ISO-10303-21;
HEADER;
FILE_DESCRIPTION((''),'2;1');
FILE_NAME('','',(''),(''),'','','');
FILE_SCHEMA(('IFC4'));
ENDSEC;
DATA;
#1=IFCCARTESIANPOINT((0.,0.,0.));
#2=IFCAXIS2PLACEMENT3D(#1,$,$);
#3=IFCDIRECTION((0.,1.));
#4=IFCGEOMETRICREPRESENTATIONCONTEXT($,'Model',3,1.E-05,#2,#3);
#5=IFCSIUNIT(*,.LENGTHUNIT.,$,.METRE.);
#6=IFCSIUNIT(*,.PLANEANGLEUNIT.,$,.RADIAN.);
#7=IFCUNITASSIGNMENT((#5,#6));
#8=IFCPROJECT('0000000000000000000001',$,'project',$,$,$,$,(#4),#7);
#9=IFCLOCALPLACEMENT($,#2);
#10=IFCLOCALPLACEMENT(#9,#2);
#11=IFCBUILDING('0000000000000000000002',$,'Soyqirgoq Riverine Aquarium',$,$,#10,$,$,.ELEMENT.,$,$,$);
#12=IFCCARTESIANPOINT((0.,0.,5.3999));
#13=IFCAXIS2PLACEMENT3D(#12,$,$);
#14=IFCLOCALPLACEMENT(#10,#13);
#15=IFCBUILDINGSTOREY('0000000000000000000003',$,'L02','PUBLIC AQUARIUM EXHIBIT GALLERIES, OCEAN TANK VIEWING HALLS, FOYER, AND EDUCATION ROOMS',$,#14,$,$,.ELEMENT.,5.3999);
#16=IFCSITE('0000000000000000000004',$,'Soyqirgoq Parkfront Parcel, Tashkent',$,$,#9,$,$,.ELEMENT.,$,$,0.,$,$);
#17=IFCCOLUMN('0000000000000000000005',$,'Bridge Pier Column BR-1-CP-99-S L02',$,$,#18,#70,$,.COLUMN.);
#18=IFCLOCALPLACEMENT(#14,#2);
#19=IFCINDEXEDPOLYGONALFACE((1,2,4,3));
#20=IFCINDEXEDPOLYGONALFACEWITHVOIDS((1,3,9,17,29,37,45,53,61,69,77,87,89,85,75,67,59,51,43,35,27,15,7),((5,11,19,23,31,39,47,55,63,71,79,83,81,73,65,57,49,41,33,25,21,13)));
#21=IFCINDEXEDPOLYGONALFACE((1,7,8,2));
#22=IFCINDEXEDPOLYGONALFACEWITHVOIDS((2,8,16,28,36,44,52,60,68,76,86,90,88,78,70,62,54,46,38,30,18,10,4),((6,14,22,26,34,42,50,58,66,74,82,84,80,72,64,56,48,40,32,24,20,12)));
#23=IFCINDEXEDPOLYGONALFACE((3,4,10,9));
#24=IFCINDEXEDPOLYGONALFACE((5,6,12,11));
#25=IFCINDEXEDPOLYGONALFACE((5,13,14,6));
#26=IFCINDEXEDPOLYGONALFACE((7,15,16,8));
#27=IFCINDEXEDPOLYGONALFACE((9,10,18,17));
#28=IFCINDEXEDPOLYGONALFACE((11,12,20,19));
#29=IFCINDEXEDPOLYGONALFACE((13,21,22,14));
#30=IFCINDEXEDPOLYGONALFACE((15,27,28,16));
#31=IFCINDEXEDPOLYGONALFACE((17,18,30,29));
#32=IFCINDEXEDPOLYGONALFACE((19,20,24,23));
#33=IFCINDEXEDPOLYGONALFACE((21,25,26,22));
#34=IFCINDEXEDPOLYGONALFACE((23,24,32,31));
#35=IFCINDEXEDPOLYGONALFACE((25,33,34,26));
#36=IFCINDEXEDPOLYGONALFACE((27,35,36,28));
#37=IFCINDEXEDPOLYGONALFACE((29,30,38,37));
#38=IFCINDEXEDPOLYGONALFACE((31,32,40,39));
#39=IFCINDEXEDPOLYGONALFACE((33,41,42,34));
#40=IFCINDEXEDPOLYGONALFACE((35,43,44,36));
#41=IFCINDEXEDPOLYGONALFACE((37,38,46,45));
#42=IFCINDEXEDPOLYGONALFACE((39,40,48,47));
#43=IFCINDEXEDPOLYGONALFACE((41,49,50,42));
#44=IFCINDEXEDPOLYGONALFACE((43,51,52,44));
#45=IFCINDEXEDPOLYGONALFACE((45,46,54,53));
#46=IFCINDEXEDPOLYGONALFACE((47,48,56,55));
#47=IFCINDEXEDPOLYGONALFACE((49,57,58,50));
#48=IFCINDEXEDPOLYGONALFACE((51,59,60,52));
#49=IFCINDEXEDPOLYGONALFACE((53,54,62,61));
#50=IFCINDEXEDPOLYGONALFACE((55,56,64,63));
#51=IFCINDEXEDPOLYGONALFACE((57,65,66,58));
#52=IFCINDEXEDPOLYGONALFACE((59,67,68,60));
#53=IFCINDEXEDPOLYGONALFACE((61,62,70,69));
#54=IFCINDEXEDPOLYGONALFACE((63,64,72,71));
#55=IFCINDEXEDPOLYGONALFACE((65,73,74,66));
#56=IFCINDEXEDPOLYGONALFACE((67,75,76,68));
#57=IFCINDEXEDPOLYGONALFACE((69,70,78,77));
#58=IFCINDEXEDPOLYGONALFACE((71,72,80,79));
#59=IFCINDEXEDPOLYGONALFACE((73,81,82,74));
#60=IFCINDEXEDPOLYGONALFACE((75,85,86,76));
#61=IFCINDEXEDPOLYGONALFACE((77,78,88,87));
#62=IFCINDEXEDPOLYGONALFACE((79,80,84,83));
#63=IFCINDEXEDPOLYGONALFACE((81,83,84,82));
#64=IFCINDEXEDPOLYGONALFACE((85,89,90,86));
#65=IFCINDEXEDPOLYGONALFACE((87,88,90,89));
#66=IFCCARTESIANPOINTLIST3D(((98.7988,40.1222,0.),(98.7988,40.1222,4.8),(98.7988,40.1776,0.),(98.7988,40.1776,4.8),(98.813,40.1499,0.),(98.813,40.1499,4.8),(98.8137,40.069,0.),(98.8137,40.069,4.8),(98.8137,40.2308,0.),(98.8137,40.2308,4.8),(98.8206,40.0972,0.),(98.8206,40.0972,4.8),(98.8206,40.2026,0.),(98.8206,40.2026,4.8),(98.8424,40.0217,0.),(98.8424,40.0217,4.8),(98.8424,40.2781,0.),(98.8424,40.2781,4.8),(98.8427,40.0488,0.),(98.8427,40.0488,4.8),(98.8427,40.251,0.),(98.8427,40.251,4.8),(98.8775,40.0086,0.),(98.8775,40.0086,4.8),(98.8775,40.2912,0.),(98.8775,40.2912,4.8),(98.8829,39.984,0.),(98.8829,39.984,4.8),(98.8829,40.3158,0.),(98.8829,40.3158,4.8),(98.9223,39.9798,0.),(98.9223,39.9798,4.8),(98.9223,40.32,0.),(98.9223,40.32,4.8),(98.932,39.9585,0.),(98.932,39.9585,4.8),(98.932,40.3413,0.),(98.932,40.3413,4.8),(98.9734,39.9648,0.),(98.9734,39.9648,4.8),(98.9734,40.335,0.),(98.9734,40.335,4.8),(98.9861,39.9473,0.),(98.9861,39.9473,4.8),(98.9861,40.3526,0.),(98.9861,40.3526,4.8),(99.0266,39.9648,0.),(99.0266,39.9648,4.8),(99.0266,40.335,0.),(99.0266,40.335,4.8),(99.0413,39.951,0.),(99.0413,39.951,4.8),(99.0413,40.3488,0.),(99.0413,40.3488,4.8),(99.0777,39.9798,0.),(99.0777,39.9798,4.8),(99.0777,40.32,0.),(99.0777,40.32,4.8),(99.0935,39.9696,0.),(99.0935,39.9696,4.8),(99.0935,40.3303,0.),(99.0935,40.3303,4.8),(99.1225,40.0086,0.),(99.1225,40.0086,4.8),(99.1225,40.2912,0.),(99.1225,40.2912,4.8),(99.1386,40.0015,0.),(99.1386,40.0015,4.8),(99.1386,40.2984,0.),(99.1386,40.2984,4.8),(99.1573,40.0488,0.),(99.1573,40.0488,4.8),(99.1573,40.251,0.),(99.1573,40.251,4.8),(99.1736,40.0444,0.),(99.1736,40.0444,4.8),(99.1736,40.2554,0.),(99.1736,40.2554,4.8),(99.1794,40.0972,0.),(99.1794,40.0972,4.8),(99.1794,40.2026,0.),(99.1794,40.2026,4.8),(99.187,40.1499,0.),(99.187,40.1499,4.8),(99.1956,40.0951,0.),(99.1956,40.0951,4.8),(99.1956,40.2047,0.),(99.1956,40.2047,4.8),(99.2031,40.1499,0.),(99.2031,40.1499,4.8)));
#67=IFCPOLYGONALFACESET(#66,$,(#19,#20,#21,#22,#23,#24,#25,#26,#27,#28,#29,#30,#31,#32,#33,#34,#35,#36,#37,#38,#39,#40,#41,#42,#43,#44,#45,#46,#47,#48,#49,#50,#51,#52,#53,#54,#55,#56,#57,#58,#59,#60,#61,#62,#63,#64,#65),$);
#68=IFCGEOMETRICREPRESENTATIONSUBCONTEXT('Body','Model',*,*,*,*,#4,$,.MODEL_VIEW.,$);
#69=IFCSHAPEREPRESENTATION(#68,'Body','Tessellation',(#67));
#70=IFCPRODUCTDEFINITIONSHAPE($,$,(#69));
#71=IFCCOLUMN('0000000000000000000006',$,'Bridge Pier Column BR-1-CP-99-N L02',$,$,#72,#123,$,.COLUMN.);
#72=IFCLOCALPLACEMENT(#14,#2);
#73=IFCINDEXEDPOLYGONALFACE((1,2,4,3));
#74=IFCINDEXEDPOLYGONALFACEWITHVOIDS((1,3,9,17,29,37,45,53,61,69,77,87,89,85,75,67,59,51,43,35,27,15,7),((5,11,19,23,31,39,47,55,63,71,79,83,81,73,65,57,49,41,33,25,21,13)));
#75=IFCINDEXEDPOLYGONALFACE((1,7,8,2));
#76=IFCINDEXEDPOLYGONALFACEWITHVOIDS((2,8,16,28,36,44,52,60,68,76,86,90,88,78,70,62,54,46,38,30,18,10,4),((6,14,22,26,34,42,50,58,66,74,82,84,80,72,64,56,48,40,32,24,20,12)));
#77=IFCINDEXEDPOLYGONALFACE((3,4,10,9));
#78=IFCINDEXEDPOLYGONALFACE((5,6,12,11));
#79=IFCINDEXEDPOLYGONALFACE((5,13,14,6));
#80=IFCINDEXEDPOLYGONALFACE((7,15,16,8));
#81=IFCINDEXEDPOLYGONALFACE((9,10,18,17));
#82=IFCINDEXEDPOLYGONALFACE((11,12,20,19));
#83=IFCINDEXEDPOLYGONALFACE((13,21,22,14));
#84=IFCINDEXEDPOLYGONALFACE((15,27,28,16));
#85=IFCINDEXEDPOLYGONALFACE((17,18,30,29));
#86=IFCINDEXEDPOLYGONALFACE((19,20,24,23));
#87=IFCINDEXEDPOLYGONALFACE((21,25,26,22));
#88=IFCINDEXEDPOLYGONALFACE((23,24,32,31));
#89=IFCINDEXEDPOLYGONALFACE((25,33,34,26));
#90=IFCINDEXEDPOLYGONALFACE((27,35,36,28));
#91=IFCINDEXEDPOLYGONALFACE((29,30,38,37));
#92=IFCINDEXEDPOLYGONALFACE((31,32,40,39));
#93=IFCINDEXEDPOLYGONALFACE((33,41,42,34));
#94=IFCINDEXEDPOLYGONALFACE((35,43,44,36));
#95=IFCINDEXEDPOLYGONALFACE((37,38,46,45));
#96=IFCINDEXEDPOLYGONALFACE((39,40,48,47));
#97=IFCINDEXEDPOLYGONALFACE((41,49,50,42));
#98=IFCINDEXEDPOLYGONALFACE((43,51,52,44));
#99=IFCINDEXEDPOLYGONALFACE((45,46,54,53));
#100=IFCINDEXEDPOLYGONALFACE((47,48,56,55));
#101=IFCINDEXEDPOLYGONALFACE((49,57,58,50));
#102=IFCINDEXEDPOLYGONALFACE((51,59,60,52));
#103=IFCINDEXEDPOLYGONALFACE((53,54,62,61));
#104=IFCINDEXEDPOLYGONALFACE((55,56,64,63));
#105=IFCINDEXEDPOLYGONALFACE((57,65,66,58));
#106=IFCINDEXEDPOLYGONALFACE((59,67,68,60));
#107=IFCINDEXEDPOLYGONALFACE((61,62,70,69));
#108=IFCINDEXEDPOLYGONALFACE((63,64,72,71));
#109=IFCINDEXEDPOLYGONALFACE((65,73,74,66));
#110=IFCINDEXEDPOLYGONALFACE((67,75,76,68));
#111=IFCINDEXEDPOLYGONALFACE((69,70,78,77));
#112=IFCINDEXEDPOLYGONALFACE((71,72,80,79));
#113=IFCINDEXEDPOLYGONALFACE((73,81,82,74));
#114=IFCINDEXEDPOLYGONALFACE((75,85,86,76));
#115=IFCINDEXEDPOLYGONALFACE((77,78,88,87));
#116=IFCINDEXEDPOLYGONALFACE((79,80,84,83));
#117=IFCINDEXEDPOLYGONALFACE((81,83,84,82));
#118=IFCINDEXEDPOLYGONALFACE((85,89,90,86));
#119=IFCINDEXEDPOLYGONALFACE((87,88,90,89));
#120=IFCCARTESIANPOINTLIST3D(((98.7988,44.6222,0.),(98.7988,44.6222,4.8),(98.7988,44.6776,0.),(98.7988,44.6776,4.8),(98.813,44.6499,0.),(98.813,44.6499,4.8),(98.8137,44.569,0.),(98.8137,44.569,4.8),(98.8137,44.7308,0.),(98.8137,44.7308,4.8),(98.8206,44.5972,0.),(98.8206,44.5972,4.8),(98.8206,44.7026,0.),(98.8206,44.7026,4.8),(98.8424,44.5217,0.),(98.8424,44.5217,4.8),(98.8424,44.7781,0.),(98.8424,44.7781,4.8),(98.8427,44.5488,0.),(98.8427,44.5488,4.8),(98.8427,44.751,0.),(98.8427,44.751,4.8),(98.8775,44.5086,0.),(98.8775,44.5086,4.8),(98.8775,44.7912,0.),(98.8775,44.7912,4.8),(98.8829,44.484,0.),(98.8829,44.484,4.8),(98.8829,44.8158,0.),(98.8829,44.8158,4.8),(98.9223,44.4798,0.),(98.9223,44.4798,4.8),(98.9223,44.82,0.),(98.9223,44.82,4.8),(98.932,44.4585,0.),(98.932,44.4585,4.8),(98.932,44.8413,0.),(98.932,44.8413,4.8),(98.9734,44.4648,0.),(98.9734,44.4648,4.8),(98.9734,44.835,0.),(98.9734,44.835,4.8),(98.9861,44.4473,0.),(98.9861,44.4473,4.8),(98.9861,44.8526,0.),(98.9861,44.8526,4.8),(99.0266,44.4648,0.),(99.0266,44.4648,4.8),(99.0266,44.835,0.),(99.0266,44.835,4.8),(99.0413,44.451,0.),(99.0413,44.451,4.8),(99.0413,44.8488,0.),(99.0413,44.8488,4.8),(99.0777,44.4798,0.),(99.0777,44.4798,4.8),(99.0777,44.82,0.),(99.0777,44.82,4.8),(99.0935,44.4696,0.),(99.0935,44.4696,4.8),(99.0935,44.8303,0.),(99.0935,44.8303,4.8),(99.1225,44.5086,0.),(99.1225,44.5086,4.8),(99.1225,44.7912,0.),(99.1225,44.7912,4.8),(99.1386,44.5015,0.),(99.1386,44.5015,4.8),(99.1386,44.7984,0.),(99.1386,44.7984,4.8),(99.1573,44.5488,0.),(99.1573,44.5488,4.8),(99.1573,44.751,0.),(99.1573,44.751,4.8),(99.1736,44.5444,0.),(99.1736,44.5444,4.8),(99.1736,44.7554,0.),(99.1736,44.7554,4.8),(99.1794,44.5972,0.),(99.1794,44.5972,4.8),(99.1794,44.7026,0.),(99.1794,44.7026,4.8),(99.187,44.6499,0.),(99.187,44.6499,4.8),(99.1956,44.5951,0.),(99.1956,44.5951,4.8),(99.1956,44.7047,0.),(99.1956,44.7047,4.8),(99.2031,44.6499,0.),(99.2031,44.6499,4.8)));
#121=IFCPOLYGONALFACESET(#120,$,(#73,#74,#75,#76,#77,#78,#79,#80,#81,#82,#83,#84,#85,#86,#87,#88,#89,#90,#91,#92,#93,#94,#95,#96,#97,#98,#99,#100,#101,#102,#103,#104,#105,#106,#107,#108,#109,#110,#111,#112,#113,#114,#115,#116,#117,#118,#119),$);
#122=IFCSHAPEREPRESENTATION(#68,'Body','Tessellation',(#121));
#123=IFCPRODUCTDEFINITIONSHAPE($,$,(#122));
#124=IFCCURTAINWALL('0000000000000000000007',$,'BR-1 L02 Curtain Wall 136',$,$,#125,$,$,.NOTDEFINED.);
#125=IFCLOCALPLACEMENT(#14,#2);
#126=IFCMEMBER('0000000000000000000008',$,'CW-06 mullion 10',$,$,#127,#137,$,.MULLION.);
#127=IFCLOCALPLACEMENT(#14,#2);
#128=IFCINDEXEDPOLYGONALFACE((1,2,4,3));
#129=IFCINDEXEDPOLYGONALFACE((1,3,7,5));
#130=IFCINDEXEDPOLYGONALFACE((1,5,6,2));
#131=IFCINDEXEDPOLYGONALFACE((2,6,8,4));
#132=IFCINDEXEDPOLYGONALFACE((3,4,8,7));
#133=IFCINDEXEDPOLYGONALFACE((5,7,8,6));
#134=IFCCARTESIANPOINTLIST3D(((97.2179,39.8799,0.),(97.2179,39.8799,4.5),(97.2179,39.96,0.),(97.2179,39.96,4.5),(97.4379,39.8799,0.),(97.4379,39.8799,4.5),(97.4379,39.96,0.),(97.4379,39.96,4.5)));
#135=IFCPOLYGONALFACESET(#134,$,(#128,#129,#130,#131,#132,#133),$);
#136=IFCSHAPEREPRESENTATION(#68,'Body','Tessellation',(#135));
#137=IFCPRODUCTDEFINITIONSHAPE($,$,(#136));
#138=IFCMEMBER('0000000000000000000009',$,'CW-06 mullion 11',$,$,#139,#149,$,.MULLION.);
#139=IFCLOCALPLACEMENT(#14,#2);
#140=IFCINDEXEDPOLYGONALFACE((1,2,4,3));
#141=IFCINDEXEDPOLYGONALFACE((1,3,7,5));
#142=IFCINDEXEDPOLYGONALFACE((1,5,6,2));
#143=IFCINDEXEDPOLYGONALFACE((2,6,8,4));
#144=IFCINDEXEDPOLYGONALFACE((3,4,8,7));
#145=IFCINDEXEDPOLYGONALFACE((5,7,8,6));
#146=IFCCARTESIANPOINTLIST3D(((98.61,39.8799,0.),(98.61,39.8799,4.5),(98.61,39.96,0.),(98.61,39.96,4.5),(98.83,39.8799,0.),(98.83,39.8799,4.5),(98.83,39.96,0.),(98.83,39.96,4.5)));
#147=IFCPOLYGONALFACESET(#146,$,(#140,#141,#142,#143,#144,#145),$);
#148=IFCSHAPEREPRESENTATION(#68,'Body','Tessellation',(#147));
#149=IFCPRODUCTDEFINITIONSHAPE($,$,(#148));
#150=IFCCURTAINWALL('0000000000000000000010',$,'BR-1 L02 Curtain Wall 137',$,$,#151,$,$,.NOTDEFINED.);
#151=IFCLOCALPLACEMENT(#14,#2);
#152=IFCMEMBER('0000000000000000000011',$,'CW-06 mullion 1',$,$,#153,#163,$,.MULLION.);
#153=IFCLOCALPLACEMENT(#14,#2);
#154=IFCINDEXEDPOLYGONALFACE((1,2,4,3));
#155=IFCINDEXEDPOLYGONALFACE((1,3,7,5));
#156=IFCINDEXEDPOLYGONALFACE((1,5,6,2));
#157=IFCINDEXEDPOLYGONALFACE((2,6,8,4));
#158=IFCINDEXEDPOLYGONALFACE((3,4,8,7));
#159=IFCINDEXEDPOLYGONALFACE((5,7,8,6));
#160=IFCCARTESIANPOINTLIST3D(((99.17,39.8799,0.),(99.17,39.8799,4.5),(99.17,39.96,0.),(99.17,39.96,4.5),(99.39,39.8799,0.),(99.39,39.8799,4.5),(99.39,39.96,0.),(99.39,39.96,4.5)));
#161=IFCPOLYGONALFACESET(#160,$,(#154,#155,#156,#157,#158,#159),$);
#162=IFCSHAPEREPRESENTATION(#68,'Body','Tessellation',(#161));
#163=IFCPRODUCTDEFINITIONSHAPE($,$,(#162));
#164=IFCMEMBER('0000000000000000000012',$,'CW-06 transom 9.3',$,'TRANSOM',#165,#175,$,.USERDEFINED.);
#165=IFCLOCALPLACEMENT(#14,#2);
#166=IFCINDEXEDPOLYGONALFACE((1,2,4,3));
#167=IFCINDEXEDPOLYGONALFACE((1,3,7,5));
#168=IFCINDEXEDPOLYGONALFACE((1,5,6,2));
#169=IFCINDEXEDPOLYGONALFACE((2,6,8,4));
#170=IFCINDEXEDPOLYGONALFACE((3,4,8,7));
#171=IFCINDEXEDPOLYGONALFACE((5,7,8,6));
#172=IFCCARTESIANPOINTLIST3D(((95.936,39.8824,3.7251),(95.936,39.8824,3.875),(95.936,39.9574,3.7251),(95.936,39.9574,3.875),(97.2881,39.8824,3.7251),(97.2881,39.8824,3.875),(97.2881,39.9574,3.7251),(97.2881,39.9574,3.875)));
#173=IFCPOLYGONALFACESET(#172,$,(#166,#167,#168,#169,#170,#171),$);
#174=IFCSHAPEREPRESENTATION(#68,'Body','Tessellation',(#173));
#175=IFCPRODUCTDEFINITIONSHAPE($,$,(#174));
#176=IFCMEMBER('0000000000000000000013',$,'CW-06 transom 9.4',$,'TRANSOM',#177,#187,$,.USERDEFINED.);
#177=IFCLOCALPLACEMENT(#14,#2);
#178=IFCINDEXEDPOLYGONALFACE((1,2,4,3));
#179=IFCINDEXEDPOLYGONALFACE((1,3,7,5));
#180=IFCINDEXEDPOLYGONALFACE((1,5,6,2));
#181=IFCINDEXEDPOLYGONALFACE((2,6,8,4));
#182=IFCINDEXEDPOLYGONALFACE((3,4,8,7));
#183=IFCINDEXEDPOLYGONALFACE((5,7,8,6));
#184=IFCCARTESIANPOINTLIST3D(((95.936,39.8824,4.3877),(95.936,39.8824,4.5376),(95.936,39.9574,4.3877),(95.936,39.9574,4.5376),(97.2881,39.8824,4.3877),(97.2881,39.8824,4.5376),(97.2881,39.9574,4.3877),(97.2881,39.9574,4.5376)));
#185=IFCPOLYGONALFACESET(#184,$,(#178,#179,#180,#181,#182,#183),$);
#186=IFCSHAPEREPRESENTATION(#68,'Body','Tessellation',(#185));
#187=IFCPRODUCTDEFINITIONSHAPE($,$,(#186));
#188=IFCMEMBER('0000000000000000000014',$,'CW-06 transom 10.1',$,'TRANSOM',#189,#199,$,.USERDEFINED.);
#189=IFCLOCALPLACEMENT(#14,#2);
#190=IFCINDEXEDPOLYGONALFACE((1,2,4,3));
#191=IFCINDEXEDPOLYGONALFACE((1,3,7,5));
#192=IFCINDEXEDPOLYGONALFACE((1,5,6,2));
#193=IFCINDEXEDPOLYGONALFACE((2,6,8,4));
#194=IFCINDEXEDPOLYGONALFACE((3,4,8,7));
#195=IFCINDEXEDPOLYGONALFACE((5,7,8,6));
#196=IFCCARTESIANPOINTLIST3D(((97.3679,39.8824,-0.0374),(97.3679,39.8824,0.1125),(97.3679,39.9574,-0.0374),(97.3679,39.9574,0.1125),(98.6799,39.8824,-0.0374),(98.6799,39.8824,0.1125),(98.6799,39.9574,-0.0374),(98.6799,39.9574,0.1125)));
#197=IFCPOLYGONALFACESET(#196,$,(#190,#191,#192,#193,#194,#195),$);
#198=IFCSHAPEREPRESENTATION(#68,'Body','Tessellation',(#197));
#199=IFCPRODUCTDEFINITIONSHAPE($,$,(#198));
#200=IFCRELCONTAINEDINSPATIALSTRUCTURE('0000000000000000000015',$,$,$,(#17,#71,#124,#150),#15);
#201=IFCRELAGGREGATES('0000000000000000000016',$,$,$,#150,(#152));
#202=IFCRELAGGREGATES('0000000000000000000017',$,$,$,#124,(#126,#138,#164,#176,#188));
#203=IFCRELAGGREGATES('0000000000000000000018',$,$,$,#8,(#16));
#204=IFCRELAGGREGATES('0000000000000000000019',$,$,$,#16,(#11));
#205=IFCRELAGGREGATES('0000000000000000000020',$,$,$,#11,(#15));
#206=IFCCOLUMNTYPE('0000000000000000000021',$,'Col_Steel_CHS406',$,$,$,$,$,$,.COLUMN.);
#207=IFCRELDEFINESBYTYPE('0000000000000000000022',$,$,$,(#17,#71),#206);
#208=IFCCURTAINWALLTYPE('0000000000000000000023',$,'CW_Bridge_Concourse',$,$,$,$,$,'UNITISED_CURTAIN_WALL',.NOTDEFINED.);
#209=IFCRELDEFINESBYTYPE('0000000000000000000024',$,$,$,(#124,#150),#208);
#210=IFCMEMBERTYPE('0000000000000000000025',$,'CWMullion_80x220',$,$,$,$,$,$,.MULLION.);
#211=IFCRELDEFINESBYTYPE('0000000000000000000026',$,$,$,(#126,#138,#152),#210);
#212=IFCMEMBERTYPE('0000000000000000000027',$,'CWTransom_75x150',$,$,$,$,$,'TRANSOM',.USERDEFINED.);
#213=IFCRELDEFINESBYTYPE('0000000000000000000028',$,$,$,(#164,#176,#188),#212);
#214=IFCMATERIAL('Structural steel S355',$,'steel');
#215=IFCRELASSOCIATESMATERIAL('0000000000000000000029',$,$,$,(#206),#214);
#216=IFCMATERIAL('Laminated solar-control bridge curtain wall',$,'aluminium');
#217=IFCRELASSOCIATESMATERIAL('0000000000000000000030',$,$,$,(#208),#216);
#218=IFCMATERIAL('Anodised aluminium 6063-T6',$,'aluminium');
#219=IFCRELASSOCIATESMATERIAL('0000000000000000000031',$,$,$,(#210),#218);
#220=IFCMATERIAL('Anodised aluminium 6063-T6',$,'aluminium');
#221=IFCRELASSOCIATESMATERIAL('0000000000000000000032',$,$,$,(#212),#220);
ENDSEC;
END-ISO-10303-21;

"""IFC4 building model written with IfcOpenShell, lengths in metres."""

from ifc_helpers import new_model, si_unit, direction, frame, origin, origin_2d, place, context, subcontext, project, spatial, rectangle, hollow_circle, extrude, material, material_profile, profile_set, type_object, element, aggregate, save


model = new_model("IFC4")

# Units and contexts
model_context = context("Model", 3, precision=1e-05, world=origin(), true_north=direction((0.0, 1.0)))
body_context = subcontext(model_context, "Body", "Model", "MODEL_VIEW")
ifc_project = project(units=[si_unit("LENGTHUNIT", "METRE"), si_unit("PLANEANGLEUNIT", "RADIAN")], contexts=[model_context])

# Site, building, storey
site_placement = place(None, origin())
site = spatial("IfcSite", under=ifc_project, at=site_placement, Name="Soyqirgoq Parkfront Parcel, Tashkent", CompositionType="ELEMENT", RefElevation=0.0)
building_placement = place(site_placement, origin())
building = spatial("IfcBuilding", under=site, at=building_placement, Name="Soyqirgoq Riverine Aquarium", CompositionType="ELEMENT")
storey_placement = place(building_placement, frame((0.0, 0.0, 5.3999)))
storey = spatial("IfcBuildingStorey", under=building, at=storey_placement, Name="L02", Description="PUBLIC AQUARIUM EXHIBIT GALLERIES, OCEAN TANK VIEWING HALLS, FOYER, AND EDUCATION ROOMS", CompositionType="ELEMENT", Elevation=5.3999)

# Columns
ifc_material_1 = material(Name="Structural steel S355", Category="steel")
ifc_material_profile_1 = material_profile(ifc_material_1, hollow_circle(Radius=0.2031, WallThickness=0.0161, at=origin_2d()), Name="CHS 406.4x16")
ifc_profile_set_1 = profile_set([ifc_material_profile_1], Name="Structural steel S355")
column_type = type_object("IfcColumnType", Name="Col_Steel_CHS406", PredefinedType="COLUMN", material=ifc_profile_set_1)
for number, where, z_axis, x_axis, name in (
    (1, (99.0, 40.1499, 0.0), (0.0, 0.0, 1.0), (1.0, 0.0, 0.0), "Bridge Pier Column BR-1-CP-99-S L02"),
    (2, (99.0, 44.6499, 0.0), (0.0, 0.0, 1.0), (1.0, 0.0, 0.0), "Bridge Pier Column BR-1-CP-99-N L02"),
):
    element("IfcColumn", number, at=place(storey_placement, frame(where, z_axis=z_axis, x_axis=x_axis)), inside=storey, type_object=column_type, Name=name, PredefinedType="COLUMN", context=body_context, shape_type="SweptSolid", body=[
        extrude(hollow_circle(Radius=0.2031, WallThickness=0.0161, at=origin_2d()), origin(), (0.0, 0.0, 1.0), 4.8),
    ])

# Curtain wall, members
ifc_material_2 = material(Name="Laminated solar-control bridge curtain wall", Category="aluminium")
curtain_wall_type = type_object("IfcCurtainWallType", Name="CW_Bridge_Concourse", ElementType="UNITISED_CURTAIN_WALL", PredefinedType="NOTDEFINED", material=ifc_material_2)
curtain_wall_1_placement = place(storey_placement, origin())
curtain_wall_1 = element("IfcCurtainWall", 3, at=curtain_wall_1_placement, inside=storey, type_object=curtain_wall_type, Name="BR-1 L02 Curtain Wall 136", PredefinedType="NOTDEFINED")
ifc_material_3 = material(Name="Anodised aluminium 6063-T6", Category="aluminium")
ifc_material_profile_2 = material_profile(ifc_material_3, rectangle(XDim=0.0801, YDim=0.22, at=origin_2d()), Name="ALU-M 80x220")
ifc_profile_set_2 = profile_set([ifc_material_profile_2], Name="Anodised aluminium 6063-T6")
member_type_1 = type_object("IfcMemberType", Name="CWMullion_80x220", PredefinedType="MULLION", material=ifc_profile_set_2)
member_1_placement = place(storey_placement, frame((97.3279, 39.9199, 0.0), z_axis=(0.0, 0.0, 1.0), x_axis=(0.0, 1.0, 0.0)))
member_1 = element("IfcMember", 4, at=member_1_placement, type_object=member_type_1, Name="CW-06 mullion 10", PredefinedType="MULLION", context=body_context, shape_type="SweptSolid", body=[
    extrude(rectangle(XDim=0.0801, YDim=0.22, at=origin_2d()), origin(), (0.0, 0.0, 1.0), 4.5),
])
member_2_placement = place(storey_placement, frame((98.72, 39.9199, 0.0), z_axis=(0.0, 0.0, 1.0), x_axis=(0.0, 1.0, 0.0)))
member_2 = element("IfcMember", 5, at=member_2_placement, type_object=member_type_1, Name="CW-06 mullion 11", PredefinedType="MULLION", context=body_context, shape_type="SweptSolid", body=[
    extrude(rectangle(XDim=0.0801, YDim=0.22, at=origin_2d()), origin(), (0.0, 0.0, 1.0), 4.5),
])

# Curtain wall, member
curtain_wall_2_placement = place(storey_placement, origin())
curtain_wall_2 = element("IfcCurtainWall", 6, at=curtain_wall_2_placement, inside=storey, type_object=curtain_wall_type, Name="BR-1 L02 Curtain Wall 137", PredefinedType="NOTDEFINED")
member_3_placement = place(storey_placement, frame((99.28, 39.9199, 0.0), z_axis=(0.0, 0.0, 1.0), x_axis=(0.0, 1.0, 0.0)))
member_3 = element("IfcMember", 7, at=member_3_placement, type_object=member_type_1, Name="CW-06 mullion 1", PredefinedType="MULLION", context=body_context, shape_type="SweptSolid", body=[
    extrude(rectangle(XDim=0.0801, YDim=0.22, at=origin_2d()), origin(), (0.0, 0.0, 1.0), 4.5),
])

# Members
ifc_material_4 = material(Name="Anodised aluminium 6063-T6", Category="aluminium")
ifc_material_profile_3 = material_profile(ifc_material_4, rectangle(XDim=0.075, YDim=0.1499, at=origin_2d()), Name="ALU-T 75x150")
ifc_profile_set_3 = profile_set([ifc_material_profile_3], Name="Anodised aluminium 6063-T6")
member_type_2 = type_object("IfcMemberType", Name="CWTransom_75x150", ElementType="TRANSOM", PredefinedType="USERDEFINED", material=ifc_profile_set_3)
member_4_placement = place(storey_placement, frame((95.936, 39.9199, 3.8), z_axis=(1.0, 0.0, 0.0), x_axis=(0.0, 1.0, 0.0)))
member_4 = element("IfcMember", 8, at=member_4_placement, type_object=member_type_2, Name="CW-06 transom 9.3", ObjectType="TRANSOM", PredefinedType="USERDEFINED", context=body_context, shape_type="SweptSolid", body=[
    extrude(rectangle(XDim=0.075, YDim=0.1499, at=origin_2d()), origin(), (0.0, 0.0, 1.0), 1.3521),
])
member_5_placement = place(storey_placement, frame((95.936, 39.9199, 4.4626), z_axis=(1.0, 0.0, 0.0), x_axis=(0.0, 1.0, 0.0)))
member_5 = element("IfcMember", 9, at=member_5_placement, type_object=member_type_2, Name="CW-06 transom 9.4", ObjectType="TRANSOM", PredefinedType="USERDEFINED", context=body_context, shape_type="SweptSolid", body=[
    extrude(rectangle(XDim=0.075, YDim=0.1499, at=origin_2d()), origin(), (0.0, 0.0, 1.0), 1.3521),
])
member_6_placement = place(storey_placement, frame((97.3679, 39.9199, 0.0376), z_axis=(1.0, 0.0, 0.0), x_axis=(0.0, 1.0, 0.0)))
member_6 = element("IfcMember", 10, at=member_6_placement, type_object=member_type_2, Name="CW-06 transom 10.1", ObjectType="TRANSOM", PredefinedType="USERDEFINED", context=body_context, shape_type="SweptSolid", body=[
    extrude(rectangle(XDim=0.075, YDim=0.1499, at=origin_2d()), origin(), (0.0, 0.0, 1.0), 1.312),
])
aggregate(curtain_wall_2, [member_3])

aggregate(curtain_wall_1, [member_1, member_2, member_4, member_5, member_6])

save(model, "model.ifc")
